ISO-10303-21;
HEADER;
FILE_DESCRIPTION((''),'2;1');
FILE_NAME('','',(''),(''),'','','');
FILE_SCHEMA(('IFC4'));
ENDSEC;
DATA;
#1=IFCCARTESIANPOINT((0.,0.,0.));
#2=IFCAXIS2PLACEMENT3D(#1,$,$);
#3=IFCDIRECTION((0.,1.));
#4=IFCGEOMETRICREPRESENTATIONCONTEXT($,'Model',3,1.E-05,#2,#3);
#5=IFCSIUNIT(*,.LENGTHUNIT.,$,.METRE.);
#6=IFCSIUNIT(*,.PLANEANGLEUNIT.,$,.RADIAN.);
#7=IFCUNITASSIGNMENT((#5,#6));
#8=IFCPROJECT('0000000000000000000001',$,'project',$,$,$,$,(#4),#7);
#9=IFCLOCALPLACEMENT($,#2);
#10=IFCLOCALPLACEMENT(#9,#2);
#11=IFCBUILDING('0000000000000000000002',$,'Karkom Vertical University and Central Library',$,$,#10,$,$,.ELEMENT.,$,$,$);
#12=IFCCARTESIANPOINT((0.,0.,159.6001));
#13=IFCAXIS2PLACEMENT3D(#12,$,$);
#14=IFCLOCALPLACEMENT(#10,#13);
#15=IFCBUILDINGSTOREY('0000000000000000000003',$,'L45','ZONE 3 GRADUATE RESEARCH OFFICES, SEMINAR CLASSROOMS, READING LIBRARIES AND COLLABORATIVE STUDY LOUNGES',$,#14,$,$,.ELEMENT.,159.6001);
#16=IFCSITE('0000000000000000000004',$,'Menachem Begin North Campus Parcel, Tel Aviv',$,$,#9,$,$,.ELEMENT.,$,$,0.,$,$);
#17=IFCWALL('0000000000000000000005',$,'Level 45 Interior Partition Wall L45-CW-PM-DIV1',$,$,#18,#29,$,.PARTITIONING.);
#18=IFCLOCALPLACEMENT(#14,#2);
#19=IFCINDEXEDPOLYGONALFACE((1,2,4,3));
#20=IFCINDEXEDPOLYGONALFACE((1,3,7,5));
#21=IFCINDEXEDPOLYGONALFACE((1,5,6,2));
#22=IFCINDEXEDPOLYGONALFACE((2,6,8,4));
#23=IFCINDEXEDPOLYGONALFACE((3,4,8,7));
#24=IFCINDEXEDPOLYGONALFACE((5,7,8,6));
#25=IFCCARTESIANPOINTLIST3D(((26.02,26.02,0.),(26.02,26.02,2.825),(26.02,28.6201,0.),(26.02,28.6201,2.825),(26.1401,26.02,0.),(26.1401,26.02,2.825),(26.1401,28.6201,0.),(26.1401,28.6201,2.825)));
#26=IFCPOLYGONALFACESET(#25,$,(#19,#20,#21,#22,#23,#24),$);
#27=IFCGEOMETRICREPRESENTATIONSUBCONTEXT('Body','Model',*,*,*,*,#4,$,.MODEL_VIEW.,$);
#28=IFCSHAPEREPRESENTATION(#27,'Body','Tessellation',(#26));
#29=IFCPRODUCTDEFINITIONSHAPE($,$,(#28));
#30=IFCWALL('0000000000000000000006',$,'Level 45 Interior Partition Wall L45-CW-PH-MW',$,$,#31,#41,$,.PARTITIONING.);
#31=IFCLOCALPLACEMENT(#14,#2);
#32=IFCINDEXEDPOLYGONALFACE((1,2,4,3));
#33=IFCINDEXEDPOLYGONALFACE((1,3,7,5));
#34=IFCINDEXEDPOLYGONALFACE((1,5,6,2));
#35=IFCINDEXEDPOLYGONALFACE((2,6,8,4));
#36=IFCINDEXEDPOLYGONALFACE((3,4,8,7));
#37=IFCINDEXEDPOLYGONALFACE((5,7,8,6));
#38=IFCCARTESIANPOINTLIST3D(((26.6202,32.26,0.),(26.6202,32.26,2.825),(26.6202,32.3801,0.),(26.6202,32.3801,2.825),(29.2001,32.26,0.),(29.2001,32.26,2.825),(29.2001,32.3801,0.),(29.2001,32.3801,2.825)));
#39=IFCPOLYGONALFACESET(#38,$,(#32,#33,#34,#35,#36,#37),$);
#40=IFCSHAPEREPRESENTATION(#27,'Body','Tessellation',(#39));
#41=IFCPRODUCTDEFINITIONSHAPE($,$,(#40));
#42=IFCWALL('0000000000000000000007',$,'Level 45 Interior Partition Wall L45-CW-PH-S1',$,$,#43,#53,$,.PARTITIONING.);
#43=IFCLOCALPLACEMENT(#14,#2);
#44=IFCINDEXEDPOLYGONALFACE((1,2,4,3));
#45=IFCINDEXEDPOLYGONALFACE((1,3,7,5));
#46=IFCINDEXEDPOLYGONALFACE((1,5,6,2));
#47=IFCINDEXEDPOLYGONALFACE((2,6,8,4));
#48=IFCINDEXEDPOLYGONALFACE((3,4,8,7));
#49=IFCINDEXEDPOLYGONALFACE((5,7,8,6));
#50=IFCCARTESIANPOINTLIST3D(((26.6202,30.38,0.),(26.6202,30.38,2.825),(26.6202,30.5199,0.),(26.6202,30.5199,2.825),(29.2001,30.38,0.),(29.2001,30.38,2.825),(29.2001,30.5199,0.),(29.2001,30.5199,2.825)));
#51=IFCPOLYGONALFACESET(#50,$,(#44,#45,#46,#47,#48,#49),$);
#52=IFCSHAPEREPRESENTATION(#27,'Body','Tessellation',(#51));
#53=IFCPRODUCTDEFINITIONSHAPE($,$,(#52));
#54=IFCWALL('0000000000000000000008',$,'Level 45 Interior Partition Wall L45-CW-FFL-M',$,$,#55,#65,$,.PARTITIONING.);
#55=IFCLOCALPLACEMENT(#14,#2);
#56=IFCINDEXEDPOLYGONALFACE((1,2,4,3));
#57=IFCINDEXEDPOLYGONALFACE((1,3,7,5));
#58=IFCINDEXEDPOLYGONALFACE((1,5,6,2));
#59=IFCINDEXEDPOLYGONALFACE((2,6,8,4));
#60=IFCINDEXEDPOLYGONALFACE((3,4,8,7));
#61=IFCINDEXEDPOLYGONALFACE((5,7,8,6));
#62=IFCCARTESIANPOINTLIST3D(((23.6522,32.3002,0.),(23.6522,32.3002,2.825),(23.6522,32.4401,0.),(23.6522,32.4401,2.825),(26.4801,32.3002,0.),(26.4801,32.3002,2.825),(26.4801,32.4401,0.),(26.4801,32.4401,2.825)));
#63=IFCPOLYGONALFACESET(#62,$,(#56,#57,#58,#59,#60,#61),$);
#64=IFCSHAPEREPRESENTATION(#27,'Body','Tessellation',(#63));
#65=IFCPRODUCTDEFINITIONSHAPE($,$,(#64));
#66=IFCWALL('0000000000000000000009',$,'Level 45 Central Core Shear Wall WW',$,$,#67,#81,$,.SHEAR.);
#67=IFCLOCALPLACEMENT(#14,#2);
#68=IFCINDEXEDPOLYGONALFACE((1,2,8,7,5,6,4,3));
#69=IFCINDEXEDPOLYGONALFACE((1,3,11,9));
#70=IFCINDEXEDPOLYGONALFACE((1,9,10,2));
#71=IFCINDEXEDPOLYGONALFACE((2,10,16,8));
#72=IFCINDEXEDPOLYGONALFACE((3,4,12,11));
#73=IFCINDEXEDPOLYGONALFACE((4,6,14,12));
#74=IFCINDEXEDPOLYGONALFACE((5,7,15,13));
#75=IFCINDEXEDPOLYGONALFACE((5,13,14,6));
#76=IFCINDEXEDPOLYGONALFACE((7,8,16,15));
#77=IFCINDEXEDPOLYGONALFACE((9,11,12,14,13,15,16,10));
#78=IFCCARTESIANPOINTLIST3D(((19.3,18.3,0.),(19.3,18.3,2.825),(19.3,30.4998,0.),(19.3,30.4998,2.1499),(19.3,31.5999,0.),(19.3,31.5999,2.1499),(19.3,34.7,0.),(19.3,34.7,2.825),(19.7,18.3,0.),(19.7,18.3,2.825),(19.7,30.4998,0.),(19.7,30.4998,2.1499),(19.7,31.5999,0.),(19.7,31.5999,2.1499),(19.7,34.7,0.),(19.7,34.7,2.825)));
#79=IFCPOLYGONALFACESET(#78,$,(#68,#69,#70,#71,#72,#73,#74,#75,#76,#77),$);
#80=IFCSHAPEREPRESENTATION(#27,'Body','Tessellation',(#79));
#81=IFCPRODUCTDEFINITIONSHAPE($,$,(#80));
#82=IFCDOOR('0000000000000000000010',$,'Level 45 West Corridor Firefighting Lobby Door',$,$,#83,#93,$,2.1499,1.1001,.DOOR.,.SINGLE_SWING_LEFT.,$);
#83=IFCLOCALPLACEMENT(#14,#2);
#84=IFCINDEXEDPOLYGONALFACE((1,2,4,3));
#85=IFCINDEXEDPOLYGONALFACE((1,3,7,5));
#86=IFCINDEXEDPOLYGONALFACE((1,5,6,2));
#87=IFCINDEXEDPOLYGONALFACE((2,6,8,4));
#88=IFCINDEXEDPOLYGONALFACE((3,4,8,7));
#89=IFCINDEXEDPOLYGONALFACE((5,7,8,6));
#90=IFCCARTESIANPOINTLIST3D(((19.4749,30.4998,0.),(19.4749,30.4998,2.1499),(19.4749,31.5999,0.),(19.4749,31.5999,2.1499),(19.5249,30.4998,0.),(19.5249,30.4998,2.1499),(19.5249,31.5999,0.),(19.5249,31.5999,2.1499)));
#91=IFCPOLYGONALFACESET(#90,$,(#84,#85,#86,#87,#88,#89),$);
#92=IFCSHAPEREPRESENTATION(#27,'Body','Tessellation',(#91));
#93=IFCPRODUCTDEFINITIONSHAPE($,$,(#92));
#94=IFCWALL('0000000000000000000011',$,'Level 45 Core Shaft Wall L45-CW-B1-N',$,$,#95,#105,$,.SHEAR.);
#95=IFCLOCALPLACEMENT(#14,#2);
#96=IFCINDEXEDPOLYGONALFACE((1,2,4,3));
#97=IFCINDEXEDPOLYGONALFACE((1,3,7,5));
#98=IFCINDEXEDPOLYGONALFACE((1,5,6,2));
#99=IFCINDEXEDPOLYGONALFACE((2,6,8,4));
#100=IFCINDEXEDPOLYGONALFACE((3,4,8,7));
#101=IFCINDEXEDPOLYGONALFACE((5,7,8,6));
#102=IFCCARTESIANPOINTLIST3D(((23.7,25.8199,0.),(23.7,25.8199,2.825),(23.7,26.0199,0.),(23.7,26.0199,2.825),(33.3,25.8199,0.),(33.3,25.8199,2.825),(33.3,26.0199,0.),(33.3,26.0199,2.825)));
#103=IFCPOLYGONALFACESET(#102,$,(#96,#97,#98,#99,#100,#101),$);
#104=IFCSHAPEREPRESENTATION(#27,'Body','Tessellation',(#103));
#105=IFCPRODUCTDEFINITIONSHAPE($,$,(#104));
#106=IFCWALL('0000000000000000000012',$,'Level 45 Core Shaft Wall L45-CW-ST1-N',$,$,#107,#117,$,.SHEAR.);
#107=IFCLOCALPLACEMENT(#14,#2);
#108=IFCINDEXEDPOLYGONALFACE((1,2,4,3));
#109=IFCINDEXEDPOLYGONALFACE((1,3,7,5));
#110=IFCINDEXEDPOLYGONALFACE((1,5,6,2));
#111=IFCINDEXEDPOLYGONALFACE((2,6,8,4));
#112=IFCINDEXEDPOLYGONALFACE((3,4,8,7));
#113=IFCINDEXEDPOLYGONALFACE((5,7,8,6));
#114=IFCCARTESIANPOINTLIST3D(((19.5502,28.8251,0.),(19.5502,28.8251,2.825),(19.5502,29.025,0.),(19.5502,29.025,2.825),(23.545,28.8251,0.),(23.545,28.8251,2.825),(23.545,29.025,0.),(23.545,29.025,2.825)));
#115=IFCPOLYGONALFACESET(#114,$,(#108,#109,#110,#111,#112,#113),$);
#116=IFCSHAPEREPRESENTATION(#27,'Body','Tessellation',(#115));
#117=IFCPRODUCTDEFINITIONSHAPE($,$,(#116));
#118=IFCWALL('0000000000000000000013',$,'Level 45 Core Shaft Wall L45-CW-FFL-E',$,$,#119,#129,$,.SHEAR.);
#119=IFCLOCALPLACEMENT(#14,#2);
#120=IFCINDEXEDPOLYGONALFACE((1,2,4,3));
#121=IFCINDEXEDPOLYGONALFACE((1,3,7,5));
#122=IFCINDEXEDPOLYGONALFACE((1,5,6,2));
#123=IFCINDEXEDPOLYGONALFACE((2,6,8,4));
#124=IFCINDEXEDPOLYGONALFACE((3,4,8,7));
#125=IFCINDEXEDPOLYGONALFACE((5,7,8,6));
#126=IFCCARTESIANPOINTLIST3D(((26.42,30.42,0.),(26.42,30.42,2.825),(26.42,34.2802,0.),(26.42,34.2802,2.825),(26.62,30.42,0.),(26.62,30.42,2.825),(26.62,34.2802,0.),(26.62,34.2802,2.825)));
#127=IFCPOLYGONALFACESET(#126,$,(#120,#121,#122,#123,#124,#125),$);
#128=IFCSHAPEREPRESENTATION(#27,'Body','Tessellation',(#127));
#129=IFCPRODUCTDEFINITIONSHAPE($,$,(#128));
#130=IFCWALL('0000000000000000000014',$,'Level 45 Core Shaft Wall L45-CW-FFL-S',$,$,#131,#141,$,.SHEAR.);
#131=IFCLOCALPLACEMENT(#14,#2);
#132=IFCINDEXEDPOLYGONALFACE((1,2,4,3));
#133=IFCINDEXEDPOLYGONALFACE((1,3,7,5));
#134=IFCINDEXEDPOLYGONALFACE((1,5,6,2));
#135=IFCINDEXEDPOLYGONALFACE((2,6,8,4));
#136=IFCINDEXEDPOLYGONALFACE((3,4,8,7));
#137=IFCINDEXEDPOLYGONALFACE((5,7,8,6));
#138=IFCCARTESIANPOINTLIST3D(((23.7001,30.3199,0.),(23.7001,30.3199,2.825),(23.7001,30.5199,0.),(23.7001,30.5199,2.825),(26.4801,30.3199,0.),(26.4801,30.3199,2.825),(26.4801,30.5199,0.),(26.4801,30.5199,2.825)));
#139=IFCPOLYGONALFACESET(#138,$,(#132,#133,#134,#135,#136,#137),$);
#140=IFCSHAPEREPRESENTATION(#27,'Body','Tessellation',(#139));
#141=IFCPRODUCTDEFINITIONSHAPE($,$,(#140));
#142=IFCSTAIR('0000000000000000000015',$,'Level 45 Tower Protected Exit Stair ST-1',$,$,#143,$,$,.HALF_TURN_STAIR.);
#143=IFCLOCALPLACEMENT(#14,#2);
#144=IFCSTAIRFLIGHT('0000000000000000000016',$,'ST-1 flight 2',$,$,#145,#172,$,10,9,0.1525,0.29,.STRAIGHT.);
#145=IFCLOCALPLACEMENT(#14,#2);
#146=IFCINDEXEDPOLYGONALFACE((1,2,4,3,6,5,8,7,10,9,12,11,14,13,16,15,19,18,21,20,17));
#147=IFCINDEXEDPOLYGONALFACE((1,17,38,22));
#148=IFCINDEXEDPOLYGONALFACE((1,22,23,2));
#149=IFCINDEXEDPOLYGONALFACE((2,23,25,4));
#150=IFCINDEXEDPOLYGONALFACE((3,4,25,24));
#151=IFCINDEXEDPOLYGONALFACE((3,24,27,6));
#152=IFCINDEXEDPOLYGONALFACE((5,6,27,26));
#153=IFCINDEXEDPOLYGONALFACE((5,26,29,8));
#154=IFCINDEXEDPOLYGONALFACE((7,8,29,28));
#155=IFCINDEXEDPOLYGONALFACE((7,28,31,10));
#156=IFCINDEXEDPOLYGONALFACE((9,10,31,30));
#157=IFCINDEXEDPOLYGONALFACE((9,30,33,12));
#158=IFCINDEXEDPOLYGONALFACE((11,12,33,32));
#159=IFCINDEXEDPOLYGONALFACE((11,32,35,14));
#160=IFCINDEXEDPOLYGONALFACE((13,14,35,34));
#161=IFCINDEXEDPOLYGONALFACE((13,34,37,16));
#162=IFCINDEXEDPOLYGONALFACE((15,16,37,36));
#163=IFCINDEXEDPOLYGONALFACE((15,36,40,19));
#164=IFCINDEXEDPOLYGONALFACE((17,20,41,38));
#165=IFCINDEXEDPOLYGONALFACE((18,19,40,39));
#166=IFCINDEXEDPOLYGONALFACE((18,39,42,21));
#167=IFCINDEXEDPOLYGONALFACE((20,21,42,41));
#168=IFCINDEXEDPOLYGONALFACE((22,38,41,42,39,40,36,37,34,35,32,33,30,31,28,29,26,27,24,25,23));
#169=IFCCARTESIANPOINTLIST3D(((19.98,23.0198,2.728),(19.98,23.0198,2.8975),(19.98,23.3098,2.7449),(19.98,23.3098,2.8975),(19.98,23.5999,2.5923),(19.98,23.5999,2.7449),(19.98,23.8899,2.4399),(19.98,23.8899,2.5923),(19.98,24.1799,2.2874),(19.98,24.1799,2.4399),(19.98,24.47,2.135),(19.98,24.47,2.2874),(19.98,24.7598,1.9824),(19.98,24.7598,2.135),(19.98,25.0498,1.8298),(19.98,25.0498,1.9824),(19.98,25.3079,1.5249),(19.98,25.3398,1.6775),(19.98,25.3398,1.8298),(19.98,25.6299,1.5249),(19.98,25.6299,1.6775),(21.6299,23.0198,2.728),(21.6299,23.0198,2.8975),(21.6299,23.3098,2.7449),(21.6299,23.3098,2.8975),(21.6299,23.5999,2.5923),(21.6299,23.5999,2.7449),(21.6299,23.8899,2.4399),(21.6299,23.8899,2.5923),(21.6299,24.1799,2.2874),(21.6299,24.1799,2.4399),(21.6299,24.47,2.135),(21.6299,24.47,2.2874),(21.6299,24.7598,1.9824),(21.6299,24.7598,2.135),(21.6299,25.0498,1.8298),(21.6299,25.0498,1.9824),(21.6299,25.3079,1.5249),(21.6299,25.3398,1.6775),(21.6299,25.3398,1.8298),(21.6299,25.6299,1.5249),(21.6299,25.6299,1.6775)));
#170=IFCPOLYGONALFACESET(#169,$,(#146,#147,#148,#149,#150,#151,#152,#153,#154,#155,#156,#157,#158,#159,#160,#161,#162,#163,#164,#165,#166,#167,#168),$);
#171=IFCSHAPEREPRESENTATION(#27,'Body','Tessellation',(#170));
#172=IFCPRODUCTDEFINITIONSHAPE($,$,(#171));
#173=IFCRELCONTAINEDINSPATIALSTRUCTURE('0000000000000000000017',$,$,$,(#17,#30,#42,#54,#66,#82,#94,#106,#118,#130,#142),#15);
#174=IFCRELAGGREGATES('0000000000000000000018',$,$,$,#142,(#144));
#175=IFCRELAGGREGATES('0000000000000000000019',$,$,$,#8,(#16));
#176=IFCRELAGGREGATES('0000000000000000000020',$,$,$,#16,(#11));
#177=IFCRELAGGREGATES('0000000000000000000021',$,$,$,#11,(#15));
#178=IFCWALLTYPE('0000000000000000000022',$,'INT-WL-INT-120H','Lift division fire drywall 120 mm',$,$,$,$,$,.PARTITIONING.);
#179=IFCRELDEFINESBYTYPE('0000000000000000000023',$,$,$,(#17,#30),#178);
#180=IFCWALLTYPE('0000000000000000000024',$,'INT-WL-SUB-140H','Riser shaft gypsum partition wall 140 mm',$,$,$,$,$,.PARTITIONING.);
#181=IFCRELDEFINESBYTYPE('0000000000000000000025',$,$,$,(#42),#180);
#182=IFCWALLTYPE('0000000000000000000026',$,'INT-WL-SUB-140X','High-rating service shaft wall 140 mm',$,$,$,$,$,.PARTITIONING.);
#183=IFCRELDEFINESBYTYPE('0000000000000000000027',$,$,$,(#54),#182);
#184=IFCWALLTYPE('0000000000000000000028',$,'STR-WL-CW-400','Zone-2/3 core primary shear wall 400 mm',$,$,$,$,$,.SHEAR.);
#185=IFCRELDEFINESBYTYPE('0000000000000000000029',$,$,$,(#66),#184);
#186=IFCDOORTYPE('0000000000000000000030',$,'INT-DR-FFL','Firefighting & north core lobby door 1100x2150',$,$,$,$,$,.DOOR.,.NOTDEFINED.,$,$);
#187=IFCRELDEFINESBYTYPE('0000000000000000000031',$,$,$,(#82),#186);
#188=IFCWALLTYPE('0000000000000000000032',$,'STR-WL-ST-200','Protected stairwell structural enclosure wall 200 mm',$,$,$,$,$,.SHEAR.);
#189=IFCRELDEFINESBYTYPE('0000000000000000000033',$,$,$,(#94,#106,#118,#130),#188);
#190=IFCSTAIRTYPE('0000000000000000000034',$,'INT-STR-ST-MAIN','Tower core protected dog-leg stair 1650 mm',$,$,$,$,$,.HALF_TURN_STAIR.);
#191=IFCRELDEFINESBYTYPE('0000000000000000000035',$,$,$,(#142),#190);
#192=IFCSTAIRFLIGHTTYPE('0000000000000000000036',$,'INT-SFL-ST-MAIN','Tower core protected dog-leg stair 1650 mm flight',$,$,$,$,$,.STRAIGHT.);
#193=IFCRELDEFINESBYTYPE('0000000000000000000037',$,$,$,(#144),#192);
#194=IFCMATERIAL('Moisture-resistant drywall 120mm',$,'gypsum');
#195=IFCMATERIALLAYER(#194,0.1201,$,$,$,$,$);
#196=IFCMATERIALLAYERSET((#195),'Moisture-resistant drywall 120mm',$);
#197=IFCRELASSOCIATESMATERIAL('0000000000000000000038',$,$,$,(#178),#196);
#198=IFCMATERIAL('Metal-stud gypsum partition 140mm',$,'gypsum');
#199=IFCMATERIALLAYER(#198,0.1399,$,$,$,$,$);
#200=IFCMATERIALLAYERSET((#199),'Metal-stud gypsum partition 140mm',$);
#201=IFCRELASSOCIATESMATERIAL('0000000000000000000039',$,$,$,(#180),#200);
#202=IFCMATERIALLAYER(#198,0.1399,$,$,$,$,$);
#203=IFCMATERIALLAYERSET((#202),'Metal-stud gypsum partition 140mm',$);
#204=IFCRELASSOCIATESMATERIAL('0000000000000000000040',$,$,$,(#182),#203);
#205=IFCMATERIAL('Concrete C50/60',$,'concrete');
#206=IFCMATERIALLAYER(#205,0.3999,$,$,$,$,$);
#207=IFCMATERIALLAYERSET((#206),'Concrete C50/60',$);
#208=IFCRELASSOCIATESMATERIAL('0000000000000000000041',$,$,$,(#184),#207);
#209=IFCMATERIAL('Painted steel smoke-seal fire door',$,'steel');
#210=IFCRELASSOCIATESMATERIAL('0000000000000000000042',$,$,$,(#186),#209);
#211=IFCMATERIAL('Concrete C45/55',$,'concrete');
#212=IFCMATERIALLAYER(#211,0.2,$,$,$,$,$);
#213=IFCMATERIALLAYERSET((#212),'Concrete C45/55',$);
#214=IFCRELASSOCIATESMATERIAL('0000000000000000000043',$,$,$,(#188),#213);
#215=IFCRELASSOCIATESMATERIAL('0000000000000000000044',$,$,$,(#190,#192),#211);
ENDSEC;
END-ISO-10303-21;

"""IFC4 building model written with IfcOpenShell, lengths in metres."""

from ifc_helpers import new_model, si_unit, direction, frame, frame_2d, origin, origin_with_axes, place, context, subcontext, project, spatial, polyline, rectangle, outline, extrude, source, transform, mapped, material, layer, layer_set, type_object, element, fill, aggregate, save


model = new_model("IFC4")

# Units and contexts
model_context = context("Model", 3, precision=1e-05, world=origin(), true_north=direction((0.0, 1.0)))
body_context = subcontext(model_context, "Body", "Model", "MODEL_VIEW")
ifc_project = project(units=[si_unit("LENGTHUNIT", "METRE"), si_unit("PLANEANGLEUNIT", "RADIAN")], contexts=[model_context])

# Site, building, storey
site_placement = place(None, origin())
site = spatial("IfcSite", under=ifc_project, at=site_placement, Name="Menachem Begin North Campus Parcel, Tel Aviv", CompositionType="ELEMENT", RefElevation=0.0)
building_placement = place(site_placement, origin())
building = spatial("IfcBuilding", under=site, at=building_placement, Name="Karkom Vertical University and Central Library", CompositionType="ELEMENT")
storey_placement = place(building_placement, frame((0.0, 0.0, 159.6001)))
storey = spatial("IfcBuildingStorey", under=building, at=storey_placement, Name="L45", Description="ZONE 3 GRADUATE RESEARCH OFFICES, SEMINAR CLASSROOMS, READING LIBRARIES AND COLLABORATIVE STUDY LOUNGES", CompositionType="ELEMENT", Elevation=159.6001)

# Shared definitions
ifc_material_1 = material(Name="Concrete C50/60", Category="concrete")

# Walls
ifc_material_2 = material(Name="Moisture-resistant drywall 120mm", Category="gypsum")
ifc_layer_1 = layer(ifc_material_2, 0.1201)
ifc_layer_set_1 = layer_set([ifc_layer_1], Name="Moisture-resistant drywall 120mm")
wall_type_1 = type_object("IfcWallType", Name="INT-WL-INT-120H", Description="Lift division fire drywall 120 mm", PredefinedType="PARTITIONING", material=ifc_layer_set_1)
wall_1_placement = place(storey_placement, frame((26.0801, 26.02, 0.0), z_axis=(0.0, 0.0, 1.0), x_axis=(0.0, 1.0, 0.0)))
element("IfcWall", 1, at=wall_1_placement, inside=storey, type_object=wall_type_1, Name="Level 45 Interior Partition Wall L45-CW-PM-DIV1", PredefinedType="PARTITIONING", context=body_context, shape_type="SweptSolid", body=[
    extrude(rectangle(XDim=2.6001, YDim=0.1201, at=frame_2d((1.3, 0.0))), origin(), (0.0, 0.0, 1.0), 2.825),
])
wall_2_placement = place(storey_placement, frame((26.6201, 32.3201, 0.0), z_axis=(0.0, 0.0, 1.0), x_axis=(1.0, 0.0, 0.0)))
element("IfcWall", 2, at=wall_2_placement, inside=storey, type_object=wall_type_1, Name="Level 45 Interior Partition Wall L45-CW-PH-MW", PredefinedType="PARTITIONING", context=body_context, shape_type="SweptSolid", body=[
    extrude(rectangle(XDim=2.5798, YDim=0.1201, at=frame_2d((1.29, 0.0))), origin(), (0.0, 0.0, 1.0), 2.825),
])
ifc_material_3 = material(Name="Metal-stud gypsum partition 140mm", Category="gypsum")
ifc_layer_2 = layer(ifc_material_3, 0.1399)
ifc_layer_set_2 = layer_set([ifc_layer_2], Name="Metal-stud gypsum partition 140mm")
wall_type_2 = type_object("IfcWallType", Name="INT-WL-SUB-140H", Description="Riser shaft gypsum partition wall 140 mm", PredefinedType="PARTITIONING", material=ifc_layer_set_2)
wall_3_placement = place(storey_placement, frame((26.6201, 30.45, 0.0), z_axis=(0.0, 0.0, 1.0), x_axis=(1.0, 0.0, 0.0)))
element("IfcWall", 3, at=wall_3_placement, inside=storey, type_object=wall_type_2, Name="Level 45 Interior Partition Wall L45-CW-PH-S1", PredefinedType="PARTITIONING", context=body_context, shape_type="SweptSolid", body=[
    extrude(rectangle(XDim=2.5798, YDim=0.1399, at=frame_2d((1.29, 0.0))), origin(), (0.0, 0.0, 1.0), 2.825),
])
ifc_layer_3 = layer(ifc_material_3, 0.1399)
ifc_layer_set_3 = layer_set([ifc_layer_3], Name="Metal-stud gypsum partition 140mm")
wall_type_3 = type_object("IfcWallType", Name="INT-WL-SUB-140X", Description="High-rating service shaft wall 140 mm", PredefinedType="PARTITIONING", material=ifc_layer_set_3)
wall_4_placement = place(storey_placement, frame((23.6521, 32.3701, 0.0), z_axis=(0.0, 0.0, 1.0), x_axis=(1.0, 0.0, 0.0)))
element("IfcWall", 4, at=wall_4_placement, inside=storey, type_object=wall_type_3, Name="Level 45 Interior Partition Wall L45-CW-FFL-M", PredefinedType="PARTITIONING", context=body_context, shape_type="SweptSolid", body=[
    extrude(rectangle(XDim=2.8279, YDim=0.1399, at=frame_2d((1.4141, 0.0))), origin(), (0.0, 0.0, 1.0), 2.825),
])

# Wall, opening, door
ifc_layer_4 = layer(ifc_material_1, 0.3999)
ifc_layer_set_4 = layer_set([ifc_layer_4], Name="Concrete C50/60")
wall_type_4 = type_object("IfcWallType", Name="STR-WL-CW-400", Description="Zone-2/3 core primary shear wall 400 mm", PredefinedType="SHEAR", material=ifc_layer_set_4)
wall_5_placement = place(storey_placement, frame((19.5, 34.7, 0.0), z_axis=(0.0, 0.0, 1.0), x_axis=(0.0, -1.0, 0.0)))
wall_5 = element("IfcWall", 5, at=wall_5_placement, inside=storey, type_object=wall_type_4, Name="Level 45 Central Core Shear Wall WW", PredefinedType="SHEAR", context=body_context, shape_type="SweptSolid", body=[
    extrude(rectangle(XDim=16.3999, YDim=0.3999, at=frame_2d((8.2, 0.0))), origin(), (0.0, 0.0, 1.0), 2.825),
])
opening_1_placement = place(wall_5_placement, frame((3.1001, 0.0, 0.0)))
opening_1 = element("IfcOpeningElement", 6, at=opening_1_placement, cuts=wall_5, PredefinedType="OPENING", context=body_context, shape_type="SweptSolid", body=[
    extrude(rectangle(XDim=1.1001, YDim=2.1499, at=frame_2d((0.55, 1.075))), frame((0.0, 0.21, 0.0), z_axis=(0.0, -1.0, 0.0), x_axis=(1.0, 0.0, 0.0)), (0.0, 0.0, 1.0), 0.4199),
])
ifc_material_4 = material(Name="Painted steel smoke-seal fire door", Category="steel")
door_type_1 = type_object("IfcDoorType", Name="INT-DR-FFL", Description="Firefighting & north core lobby door 1100x2150", OperationType="NOTDEFINED", PredefinedType="DOOR", material=ifc_material_4)
shared_shape_1 = source(origin_with_axes(), body_context, "Body", "SweptSolid", [
    extrude(rectangle(XDim=1.1001, YDim=2.1499, at=frame_2d((0.55, 1.075))), frame((0.0, 0.0249, 0.0), z_axis=(0.0, -1.0, 0.0), x_axis=(1.0, 0.0, 0.0)), (0.0, 0.0, 1.0), 0.05),
])
door_1_placement = place(opening_1_placement, origin())
door_1 = element("IfcDoor", 7, at=door_1_placement, inside=storey, type_object=door_type_1, Name="Level 45 West Corridor Firefighting Lobby Door", OperationType="SINGLE_SWING_LEFT", OverallHeight=2.1499, OverallWidth=1.1001, PredefinedType="DOOR", context=body_context, shape_type="MappedRepresentation", body=[
    mapped(shared_shape_1, transform((0.0, 0.0, 0.0), scale=1.0)),
])
fill(opening_1, door_1)

# Wall
ifc_material_5 = material(Name="Concrete C45/55", Category="concrete")
ifc_layer_5 = layer(ifc_material_5, 0.2)
ifc_layer_set_5 = layer_set([ifc_layer_5], Name="Concrete C45/55")
wall_type_5 = type_object("IfcWallType", Name="STR-WL-ST-200", Description="Protected stairwell structural enclosure wall 200 mm", PredefinedType="SHEAR", material=ifc_layer_set_5)
wall_6_placement = place(storey_placement, frame((23.7, 25.9199, 0.0), z_axis=(0.0, 0.0, 1.0), x_axis=(1.0, 0.0, 0.0)))
element("IfcWall", 8, at=wall_6_placement, inside=storey, type_object=wall_type_5, Name="Level 45 Core Shaft Wall L45-CW-B1-N", PredefinedType="SHEAR", context=body_context, shape_type="SweptSolid", body=[
    extrude(rectangle(XDim=9.6001, YDim=0.2, at=frame_2d((4.8, 0.0))), origin(), (0.0, 0.0, 1.0), 2.825),
])

# Walls
wall_7_placement = place(storey_placement, frame((19.55, 28.925, 0.0), z_axis=(0.0, 0.0, 1.0), x_axis=(1.0, 0.0, 0.0)))
element("IfcWall", 9, at=wall_7_placement, inside=storey, type_object=wall_type_5, Name="Level 45 Core Shaft Wall L45-CW-ST1-N", PredefinedType="SHEAR", context=body_context, shape_type="SweptSolid", body=[
    extrude(rectangle(XDim=3.9949, YDim=0.2, at=frame_2d((1.9976, 0.0))), origin(), (0.0, 0.0, 1.0), 2.825),
])
wall_8_placement = place(storey_placement, frame((26.52, 30.4199, 0.0), z_axis=(0.0, 0.0, 1.0), x_axis=(0.0, 1.0, 0.0)))
element("IfcWall", 10, at=wall_8_placement, inside=storey, type_object=wall_type_5, Name="Level 45 Core Shaft Wall L45-CW-FFL-E", PredefinedType="SHEAR", context=body_context, shape_type="SweptSolid", body=[
    extrude(rectangle(XDim=3.8601, YDim=0.2, at=frame_2d((1.9302, 0.0))), origin(), (0.0, 0.0, 1.0), 2.825),
])
wall_9_placement = place(storey_placement, frame((23.7, 30.4199, 0.0), z_axis=(0.0, 0.0, 1.0), x_axis=(1.0, 0.0, 0.0)))
element("IfcWall", 11, at=wall_9_placement, inside=storey, type_object=wall_type_5, Name="Level 45 Core Shaft Wall L45-CW-FFL-S", PredefinedType="SHEAR", context=body_context, shape_type="SweptSolid", body=[
    extrude(rectangle(XDim=2.78, YDim=0.2, at=frame_2d((1.3901, 0.0))), origin(), (0.0, 0.0, 1.0), 2.825),
])

# Stair, stair flight
stair_type = type_object("IfcStairType", Name="INT-STR-ST-MAIN", Description="Tower core protected dog-leg stair 1650 mm", PredefinedType="HALF_TURN_STAIR", material=ifc_material_5)
stair_placement = place(storey_placement, origin())
stair = element("IfcStair", 12, at=stair_placement, inside=storey, type_object=stair_type, Name="Level 45 Tower Protected Exit Stair ST-1", PredefinedType="HALF_TURN_STAIR")
stair_flight_type = type_object("IfcStairFlightType", Name="INT-SFL-ST-MAIN", Description="Tower core protected dog-leg stair 1650 mm flight", PredefinedType="STRAIGHT", material=ifc_material_5)
stair_flight_placement = place(storey_placement, frame((20.8049, 25.6299, 1.5249), z_axis=(0.0, 0.0, 1.0), x_axis=(0.0, -1.0, 0.0)))
stair_flight = element("IfcStairFlight", 13, at=stair_flight_placement, type_object=stair_flight_type, Name="ST-1 flight 2", NumberOfRisers=10, NumberOfTreads=9, PredefinedType="STRAIGHT", RiserHeight=0.1525, TreadLength=0.29, context=body_context, shape_type="SweptSolid", body=[
    extrude(outline(polyline([(0.0, 0.0), (0.0, 0.1526), (0.29, 0.1526), (0.29, 0.3049), (0.5801, 0.3049), (0.5801, 0.4575), (0.8701, 0.4575), (0.8701, 0.6101), (1.1599, 0.6101), (1.1599, 0.7625), (1.45, 0.7625), (1.45, 0.915), (1.74, 0.915), (1.74, 1.0674), (2.03, 1.0674), (2.03, 1.22), (2.3201, 1.22), (2.3201, 1.3726), (2.6101, 1.3726), (2.6101, 1.5249), (2.6101, 1.2031), (0.322, 0.0), (0.0, 0.0)])), frame((0.0, 0.825, 0.0), z_axis=(0.0, -1.0, 0.0), x_axis=(1.0, 0.0, 0.0)), (0.0, 0.0, 1.0), 1.6499),
])
aggregate(stair, [stair_flight])

save(model, "model.ifc")
